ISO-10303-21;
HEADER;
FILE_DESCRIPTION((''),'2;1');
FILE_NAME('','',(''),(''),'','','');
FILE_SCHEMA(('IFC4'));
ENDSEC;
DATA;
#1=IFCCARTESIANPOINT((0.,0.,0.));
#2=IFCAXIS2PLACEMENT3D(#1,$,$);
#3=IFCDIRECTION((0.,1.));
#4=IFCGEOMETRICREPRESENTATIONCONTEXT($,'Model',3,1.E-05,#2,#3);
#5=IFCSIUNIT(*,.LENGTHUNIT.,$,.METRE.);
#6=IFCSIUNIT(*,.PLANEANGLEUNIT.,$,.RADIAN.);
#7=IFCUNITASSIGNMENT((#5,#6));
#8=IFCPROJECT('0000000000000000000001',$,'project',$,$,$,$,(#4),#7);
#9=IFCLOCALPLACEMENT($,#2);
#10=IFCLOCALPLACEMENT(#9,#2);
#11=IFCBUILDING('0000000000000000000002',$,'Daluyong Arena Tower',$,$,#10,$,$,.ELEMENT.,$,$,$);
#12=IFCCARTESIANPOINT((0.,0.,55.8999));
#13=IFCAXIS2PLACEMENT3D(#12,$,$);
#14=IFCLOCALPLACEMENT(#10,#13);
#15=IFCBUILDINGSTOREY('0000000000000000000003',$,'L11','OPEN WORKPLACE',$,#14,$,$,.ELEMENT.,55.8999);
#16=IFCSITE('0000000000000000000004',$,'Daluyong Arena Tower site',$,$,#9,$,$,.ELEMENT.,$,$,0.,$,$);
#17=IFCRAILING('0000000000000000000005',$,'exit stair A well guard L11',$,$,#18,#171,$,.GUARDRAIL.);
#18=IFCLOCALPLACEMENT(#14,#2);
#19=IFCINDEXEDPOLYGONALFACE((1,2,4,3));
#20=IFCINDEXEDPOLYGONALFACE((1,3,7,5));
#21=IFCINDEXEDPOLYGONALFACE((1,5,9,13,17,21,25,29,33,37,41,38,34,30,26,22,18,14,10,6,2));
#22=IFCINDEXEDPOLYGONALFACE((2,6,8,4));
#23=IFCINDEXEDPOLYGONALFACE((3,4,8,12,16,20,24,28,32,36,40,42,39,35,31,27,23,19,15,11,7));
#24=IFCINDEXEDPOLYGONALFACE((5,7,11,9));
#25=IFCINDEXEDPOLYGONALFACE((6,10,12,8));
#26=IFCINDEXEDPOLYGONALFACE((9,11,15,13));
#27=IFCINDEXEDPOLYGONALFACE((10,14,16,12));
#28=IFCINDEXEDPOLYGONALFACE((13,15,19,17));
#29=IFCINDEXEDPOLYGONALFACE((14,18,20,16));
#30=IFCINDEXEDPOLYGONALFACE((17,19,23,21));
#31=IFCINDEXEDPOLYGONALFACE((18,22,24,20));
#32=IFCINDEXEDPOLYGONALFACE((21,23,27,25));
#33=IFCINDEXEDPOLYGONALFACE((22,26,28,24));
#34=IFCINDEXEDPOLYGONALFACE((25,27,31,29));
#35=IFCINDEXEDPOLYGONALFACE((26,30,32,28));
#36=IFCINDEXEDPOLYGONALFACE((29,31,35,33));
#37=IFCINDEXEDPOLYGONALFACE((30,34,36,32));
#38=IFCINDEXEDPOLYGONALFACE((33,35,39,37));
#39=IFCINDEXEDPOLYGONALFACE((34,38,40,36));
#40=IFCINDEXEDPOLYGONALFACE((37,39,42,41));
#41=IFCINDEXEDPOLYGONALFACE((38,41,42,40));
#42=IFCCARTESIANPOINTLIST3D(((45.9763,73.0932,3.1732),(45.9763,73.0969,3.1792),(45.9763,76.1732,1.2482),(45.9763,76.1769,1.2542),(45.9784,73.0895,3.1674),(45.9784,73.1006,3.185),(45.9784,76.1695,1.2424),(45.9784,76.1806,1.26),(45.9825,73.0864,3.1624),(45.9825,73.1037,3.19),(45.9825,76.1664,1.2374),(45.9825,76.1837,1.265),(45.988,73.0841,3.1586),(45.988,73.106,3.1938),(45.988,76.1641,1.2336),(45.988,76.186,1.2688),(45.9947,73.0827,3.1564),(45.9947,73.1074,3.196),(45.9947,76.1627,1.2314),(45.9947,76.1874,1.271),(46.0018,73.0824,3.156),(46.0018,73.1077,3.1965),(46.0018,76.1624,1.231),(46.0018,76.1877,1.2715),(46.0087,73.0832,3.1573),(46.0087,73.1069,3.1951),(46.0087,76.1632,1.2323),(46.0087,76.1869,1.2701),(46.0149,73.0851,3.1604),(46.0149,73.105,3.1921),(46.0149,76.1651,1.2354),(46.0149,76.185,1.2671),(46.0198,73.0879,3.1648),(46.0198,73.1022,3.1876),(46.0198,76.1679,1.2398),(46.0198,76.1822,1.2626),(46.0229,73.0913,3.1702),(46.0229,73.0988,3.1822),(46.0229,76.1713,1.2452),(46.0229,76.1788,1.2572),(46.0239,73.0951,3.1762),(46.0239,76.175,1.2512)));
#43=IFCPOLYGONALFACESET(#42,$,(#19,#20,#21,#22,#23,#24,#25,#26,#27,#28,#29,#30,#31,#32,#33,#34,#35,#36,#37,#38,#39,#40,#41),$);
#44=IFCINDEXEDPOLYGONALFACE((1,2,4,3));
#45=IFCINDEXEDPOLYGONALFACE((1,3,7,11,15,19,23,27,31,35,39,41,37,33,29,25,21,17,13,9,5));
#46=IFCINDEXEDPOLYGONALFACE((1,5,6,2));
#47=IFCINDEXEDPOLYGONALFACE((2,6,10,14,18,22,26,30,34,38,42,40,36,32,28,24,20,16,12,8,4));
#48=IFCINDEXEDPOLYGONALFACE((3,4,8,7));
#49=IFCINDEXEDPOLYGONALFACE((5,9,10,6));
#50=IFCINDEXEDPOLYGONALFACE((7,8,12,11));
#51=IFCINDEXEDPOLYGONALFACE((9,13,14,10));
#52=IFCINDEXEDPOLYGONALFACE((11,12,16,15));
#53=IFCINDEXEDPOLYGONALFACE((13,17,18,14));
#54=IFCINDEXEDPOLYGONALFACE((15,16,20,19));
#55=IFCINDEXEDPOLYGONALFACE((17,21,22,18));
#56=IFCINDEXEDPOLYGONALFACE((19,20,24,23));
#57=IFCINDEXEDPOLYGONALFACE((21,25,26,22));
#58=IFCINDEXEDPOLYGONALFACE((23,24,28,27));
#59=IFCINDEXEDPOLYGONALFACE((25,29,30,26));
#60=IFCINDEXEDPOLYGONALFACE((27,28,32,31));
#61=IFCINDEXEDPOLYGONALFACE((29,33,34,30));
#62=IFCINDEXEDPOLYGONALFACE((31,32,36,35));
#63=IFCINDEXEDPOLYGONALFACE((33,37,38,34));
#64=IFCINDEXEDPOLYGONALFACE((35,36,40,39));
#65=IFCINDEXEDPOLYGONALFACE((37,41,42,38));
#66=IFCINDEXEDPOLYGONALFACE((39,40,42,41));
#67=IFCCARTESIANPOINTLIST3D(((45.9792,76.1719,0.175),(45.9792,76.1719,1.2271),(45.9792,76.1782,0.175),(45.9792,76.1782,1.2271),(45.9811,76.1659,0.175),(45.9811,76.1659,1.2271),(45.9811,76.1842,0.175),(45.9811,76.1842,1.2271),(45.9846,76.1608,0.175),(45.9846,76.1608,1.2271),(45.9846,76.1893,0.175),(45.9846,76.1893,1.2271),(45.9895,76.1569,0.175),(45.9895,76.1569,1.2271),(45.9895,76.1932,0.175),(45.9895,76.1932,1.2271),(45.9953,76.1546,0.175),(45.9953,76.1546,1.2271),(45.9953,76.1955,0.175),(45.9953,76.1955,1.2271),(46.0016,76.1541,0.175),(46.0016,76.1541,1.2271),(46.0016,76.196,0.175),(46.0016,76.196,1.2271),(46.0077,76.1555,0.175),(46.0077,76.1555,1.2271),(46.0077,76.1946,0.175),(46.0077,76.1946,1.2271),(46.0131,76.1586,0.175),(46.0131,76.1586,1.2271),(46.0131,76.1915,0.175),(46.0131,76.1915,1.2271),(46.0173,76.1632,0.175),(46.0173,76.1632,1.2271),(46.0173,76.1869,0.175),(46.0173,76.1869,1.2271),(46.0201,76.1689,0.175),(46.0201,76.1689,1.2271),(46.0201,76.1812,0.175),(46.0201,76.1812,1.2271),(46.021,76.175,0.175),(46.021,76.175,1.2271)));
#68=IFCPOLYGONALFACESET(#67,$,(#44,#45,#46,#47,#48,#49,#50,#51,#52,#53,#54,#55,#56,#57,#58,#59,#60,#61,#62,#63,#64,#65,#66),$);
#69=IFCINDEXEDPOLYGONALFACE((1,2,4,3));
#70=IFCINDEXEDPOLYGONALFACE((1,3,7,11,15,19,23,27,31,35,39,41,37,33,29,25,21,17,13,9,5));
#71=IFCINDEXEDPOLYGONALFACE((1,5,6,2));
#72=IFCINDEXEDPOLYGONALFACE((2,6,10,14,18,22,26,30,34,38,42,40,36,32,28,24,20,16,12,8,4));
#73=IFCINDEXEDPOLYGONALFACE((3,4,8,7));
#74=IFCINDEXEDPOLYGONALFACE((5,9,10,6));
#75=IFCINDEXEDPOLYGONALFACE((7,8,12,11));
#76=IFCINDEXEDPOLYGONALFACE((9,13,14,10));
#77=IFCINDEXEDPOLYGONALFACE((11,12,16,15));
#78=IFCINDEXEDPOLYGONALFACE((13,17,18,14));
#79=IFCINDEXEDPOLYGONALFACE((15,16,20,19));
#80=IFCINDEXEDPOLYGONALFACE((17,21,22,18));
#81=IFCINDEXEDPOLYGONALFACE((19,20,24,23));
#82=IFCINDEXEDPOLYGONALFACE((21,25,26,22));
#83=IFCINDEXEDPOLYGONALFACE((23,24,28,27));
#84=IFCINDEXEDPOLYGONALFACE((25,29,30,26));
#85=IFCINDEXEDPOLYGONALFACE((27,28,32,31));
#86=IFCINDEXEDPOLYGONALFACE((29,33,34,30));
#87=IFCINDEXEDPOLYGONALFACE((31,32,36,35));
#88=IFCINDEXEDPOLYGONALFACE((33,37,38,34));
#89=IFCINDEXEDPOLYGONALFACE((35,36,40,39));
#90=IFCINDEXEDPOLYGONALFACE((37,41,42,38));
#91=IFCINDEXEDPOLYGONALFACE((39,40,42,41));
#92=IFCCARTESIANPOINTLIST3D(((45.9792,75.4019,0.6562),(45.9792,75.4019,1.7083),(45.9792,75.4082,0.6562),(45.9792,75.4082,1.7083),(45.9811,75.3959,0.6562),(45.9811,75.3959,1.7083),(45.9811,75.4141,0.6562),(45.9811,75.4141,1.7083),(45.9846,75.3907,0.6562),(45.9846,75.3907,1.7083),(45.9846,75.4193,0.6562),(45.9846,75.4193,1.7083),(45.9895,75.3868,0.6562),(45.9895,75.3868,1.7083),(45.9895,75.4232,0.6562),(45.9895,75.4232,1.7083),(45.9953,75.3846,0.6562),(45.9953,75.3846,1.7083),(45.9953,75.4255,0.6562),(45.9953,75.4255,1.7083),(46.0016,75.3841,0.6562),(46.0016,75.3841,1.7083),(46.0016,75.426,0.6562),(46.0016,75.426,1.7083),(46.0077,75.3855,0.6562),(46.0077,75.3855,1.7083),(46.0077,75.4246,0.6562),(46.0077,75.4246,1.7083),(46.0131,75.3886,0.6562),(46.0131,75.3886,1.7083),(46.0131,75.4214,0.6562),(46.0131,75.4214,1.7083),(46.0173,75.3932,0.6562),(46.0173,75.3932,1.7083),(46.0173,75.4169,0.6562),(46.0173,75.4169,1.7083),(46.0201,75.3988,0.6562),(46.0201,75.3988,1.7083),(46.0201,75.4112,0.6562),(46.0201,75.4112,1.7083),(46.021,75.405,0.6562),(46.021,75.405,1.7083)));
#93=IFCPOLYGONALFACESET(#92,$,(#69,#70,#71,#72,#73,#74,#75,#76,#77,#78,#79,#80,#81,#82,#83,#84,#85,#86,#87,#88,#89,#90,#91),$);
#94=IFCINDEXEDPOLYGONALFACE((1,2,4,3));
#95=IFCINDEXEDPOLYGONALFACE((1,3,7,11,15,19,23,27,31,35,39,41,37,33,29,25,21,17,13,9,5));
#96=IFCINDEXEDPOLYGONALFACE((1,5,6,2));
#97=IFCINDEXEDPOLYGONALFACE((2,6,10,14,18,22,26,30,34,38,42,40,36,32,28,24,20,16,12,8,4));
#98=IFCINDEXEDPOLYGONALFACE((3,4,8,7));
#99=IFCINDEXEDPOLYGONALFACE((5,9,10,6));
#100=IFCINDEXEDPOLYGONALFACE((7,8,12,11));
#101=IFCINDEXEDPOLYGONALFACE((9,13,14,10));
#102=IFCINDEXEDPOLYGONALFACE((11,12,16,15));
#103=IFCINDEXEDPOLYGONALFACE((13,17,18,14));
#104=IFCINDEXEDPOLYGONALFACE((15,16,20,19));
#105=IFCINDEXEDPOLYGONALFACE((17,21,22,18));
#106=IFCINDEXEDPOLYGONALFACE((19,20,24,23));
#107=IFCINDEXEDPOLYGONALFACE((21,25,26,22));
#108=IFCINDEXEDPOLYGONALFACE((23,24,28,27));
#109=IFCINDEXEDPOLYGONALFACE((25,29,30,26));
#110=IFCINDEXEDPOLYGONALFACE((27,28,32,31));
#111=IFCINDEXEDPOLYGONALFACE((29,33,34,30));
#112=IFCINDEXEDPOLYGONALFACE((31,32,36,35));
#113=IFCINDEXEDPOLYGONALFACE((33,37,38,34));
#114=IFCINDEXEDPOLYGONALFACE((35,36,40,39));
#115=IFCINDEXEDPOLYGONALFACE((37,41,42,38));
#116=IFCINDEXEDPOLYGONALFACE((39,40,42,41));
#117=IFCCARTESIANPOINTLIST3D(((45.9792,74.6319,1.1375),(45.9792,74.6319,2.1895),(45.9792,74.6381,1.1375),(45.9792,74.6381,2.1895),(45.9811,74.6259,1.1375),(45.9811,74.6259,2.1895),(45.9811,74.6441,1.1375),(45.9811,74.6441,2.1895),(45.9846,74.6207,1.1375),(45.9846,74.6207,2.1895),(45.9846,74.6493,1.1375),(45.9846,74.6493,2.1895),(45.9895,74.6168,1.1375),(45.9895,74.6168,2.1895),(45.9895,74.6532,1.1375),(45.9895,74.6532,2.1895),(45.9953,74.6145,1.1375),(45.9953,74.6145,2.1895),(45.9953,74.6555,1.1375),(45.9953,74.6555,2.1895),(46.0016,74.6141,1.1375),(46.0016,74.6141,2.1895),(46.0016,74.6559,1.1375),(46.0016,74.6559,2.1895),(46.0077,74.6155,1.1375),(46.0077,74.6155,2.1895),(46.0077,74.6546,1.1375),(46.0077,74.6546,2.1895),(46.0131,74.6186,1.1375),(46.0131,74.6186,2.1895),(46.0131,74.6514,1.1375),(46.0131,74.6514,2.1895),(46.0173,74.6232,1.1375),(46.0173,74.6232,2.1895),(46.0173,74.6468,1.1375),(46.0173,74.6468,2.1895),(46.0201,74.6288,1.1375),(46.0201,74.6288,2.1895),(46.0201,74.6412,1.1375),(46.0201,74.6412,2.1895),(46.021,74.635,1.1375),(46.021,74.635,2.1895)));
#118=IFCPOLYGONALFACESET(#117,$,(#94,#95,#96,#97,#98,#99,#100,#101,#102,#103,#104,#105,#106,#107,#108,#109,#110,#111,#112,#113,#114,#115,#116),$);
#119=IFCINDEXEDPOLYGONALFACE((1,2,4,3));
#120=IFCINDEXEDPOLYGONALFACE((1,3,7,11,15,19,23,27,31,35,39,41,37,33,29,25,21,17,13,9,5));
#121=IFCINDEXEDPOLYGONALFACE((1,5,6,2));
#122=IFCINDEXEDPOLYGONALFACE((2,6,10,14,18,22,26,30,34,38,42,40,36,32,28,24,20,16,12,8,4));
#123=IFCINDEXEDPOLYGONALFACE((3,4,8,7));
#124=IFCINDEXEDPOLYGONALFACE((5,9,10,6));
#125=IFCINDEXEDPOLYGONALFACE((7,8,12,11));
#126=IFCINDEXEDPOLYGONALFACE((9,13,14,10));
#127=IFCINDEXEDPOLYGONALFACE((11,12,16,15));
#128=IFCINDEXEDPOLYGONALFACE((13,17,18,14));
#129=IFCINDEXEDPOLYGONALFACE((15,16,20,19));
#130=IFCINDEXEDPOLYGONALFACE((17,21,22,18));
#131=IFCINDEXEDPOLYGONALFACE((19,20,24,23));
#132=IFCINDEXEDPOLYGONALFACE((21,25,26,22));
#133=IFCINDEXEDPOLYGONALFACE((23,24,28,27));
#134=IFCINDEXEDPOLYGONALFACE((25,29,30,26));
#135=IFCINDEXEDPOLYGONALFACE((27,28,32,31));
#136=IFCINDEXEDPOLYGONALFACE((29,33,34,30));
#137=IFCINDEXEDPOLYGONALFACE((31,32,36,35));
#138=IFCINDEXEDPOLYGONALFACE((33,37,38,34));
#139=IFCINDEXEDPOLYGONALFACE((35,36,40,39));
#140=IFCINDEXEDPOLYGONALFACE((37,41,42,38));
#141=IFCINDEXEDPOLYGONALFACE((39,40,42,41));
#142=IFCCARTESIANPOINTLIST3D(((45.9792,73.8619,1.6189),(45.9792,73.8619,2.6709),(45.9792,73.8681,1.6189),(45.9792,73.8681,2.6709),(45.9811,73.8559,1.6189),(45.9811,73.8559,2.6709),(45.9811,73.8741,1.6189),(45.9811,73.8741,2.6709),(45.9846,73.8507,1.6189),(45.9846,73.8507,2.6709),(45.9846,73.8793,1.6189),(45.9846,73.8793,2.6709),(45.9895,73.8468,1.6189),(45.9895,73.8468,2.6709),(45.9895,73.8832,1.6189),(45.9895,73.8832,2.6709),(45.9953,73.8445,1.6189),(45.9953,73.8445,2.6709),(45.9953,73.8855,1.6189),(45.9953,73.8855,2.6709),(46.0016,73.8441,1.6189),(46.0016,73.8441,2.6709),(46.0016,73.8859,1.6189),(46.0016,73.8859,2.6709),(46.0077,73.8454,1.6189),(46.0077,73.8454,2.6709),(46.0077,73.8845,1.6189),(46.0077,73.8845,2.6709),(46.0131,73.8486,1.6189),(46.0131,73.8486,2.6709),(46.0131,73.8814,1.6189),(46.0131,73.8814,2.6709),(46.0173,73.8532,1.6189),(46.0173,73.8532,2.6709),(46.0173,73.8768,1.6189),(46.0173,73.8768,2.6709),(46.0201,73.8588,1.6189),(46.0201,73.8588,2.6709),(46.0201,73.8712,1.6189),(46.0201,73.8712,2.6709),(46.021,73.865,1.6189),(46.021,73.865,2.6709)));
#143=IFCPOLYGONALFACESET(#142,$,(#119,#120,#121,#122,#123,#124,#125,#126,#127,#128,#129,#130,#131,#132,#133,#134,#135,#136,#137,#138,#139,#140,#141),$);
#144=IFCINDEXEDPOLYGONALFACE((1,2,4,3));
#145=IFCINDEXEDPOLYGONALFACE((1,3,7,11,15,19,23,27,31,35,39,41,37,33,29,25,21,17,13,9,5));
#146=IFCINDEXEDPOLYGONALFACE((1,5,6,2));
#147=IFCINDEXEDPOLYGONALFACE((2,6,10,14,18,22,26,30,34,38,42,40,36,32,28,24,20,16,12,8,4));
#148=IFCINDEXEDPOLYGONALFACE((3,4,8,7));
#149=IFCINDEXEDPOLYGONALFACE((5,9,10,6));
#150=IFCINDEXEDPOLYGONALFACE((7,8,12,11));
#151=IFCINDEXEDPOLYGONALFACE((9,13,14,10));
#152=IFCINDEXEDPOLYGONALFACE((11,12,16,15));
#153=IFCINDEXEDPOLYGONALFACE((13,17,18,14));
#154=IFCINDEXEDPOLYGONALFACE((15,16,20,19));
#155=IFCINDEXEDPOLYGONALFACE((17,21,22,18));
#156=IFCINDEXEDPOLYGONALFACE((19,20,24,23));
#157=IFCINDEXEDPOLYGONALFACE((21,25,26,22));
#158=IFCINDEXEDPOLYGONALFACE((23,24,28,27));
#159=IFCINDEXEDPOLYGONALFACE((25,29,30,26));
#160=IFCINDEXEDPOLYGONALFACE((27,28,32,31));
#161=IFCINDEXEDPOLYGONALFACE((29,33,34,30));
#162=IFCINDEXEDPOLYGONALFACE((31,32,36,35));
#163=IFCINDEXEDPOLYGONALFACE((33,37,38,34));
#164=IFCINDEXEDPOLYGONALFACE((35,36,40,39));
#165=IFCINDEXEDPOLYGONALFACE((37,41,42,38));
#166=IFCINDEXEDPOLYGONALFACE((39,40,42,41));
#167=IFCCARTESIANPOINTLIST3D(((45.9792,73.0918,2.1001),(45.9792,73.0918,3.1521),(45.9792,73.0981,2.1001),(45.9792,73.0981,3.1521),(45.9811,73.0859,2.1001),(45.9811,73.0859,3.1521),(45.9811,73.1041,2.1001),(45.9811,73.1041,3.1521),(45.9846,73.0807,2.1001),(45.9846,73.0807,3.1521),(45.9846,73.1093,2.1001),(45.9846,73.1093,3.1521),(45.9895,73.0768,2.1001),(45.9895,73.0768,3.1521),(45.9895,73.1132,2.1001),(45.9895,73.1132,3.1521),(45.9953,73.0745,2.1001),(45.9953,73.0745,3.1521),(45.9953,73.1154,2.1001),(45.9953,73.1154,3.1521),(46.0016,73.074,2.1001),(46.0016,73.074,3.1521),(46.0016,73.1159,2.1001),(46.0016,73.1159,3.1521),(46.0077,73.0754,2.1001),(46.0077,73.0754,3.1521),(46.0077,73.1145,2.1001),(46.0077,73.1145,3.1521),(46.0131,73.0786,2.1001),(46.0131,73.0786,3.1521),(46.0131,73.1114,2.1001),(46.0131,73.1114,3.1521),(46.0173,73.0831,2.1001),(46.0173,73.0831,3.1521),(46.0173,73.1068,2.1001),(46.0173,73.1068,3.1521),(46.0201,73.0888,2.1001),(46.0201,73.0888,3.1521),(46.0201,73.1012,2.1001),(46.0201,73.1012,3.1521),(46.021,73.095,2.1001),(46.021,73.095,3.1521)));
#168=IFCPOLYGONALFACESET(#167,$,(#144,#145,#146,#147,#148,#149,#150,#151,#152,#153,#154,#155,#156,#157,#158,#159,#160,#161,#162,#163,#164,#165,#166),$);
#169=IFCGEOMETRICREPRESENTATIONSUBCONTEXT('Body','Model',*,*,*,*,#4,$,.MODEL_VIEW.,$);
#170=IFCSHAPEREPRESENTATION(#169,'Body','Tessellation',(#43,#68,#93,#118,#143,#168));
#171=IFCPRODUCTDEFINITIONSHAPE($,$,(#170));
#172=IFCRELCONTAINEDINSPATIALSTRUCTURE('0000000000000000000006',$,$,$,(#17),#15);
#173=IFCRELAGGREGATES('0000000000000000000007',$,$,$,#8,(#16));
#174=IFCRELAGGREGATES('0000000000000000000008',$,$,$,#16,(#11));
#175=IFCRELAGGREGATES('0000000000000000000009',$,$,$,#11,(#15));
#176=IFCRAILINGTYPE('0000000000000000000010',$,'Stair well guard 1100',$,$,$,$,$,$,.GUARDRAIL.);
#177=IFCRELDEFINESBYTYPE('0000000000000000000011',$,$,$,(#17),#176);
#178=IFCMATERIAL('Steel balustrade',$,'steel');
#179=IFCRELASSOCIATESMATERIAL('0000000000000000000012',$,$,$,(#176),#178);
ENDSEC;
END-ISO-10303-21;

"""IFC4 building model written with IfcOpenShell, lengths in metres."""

from ifc_helpers import new_model, si_unit, direction, frame, origin, origin_2d, place, context, subcontext, project, spatial, circle, extrude, material, type_object, element, save


model = new_model("IFC4")

# Units and contexts
model_context = context("Model", 3, precision=1e-05, world=origin(), true_north=direction((0.0, 1.0)))
body_context = subcontext(model_context, "Body", "Model", "MODEL_VIEW")
ifc_project = project(units=[si_unit("LENGTHUNIT", "METRE"), si_unit("PLANEANGLEUNIT", "RADIAN")], contexts=[model_context])

# Site, building, storey
site_placement = place(None, origin())
site = spatial("IfcSite", under=ifc_project, at=site_placement, Name="Daluyong Arena Tower site", CompositionType="ELEMENT", RefElevation=0.0)
building_placement = place(site_placement, origin())
building = spatial("IfcBuilding", under=site, at=building_placement, Name="Daluyong Arena Tower", CompositionType="ELEMENT")
storey_placement = place(building_placement, frame((0.0, 0.0, 55.8999)))
storey = spatial("IfcBuildingStorey", under=building, at=storey_placement, Name="L11", Description="OPEN WORKPLACE", CompositionType="ELEMENT", Elevation=55.8999)

# Railing
ifc_material_1 = material(Name="Steel balustrade", Category="steel")
railing_type_1 = type_object("IfcRailingType", Name="Stair well guard 1100", PredefinedType="GUARDRAIL", material=ifc_material_1)
railing_1_placement = place(storey_placement, frame((46.0, 76.175, 0.175)))
element("IfcRailing", 1, at=railing_1_placement, inside=storey, type_object=railing_type_1, Name="exit stair A well guard L11", PredefinedType="GUARDRAIL", context=body_context, shape_type="SweptSolid", body=[
    extrude(circle(Radius=0.0239, at=origin_2d()), frame((0.0, 0.0, 1.0762), z_axis=(0.0, -0.847998, 0.529999), x_axis=(1.0, 0.0, 0.0)), (0.0, 0.0, 1.0), 3.6321),
    extrude(circle(Radius=0.021, at=origin_2d()), origin(), (0.0, 0.0, 1.0), 1.052),
    extrude(circle(Radius=0.021, at=origin_2d()), frame((0.0, -0.77, 0.4812)), (0.0, 0.0, 1.0), 1.052),
    extrude(circle(Radius=0.021, at=origin_2d()), frame((0.0, -1.54, 0.9624)), (0.0, 0.0, 1.0), 1.052),
    extrude(circle(Radius=0.021, at=origin_2d()), frame((0.0, -2.3101, 1.4438)), (0.0, 0.0, 1.0), 1.052),
    extrude(circle(Radius=0.021, at=origin_2d()), frame((0.0, -3.0801, 1.925)), (0.0, 0.0, 1.0), 1.052),
])

save(model, "model.ifc")
